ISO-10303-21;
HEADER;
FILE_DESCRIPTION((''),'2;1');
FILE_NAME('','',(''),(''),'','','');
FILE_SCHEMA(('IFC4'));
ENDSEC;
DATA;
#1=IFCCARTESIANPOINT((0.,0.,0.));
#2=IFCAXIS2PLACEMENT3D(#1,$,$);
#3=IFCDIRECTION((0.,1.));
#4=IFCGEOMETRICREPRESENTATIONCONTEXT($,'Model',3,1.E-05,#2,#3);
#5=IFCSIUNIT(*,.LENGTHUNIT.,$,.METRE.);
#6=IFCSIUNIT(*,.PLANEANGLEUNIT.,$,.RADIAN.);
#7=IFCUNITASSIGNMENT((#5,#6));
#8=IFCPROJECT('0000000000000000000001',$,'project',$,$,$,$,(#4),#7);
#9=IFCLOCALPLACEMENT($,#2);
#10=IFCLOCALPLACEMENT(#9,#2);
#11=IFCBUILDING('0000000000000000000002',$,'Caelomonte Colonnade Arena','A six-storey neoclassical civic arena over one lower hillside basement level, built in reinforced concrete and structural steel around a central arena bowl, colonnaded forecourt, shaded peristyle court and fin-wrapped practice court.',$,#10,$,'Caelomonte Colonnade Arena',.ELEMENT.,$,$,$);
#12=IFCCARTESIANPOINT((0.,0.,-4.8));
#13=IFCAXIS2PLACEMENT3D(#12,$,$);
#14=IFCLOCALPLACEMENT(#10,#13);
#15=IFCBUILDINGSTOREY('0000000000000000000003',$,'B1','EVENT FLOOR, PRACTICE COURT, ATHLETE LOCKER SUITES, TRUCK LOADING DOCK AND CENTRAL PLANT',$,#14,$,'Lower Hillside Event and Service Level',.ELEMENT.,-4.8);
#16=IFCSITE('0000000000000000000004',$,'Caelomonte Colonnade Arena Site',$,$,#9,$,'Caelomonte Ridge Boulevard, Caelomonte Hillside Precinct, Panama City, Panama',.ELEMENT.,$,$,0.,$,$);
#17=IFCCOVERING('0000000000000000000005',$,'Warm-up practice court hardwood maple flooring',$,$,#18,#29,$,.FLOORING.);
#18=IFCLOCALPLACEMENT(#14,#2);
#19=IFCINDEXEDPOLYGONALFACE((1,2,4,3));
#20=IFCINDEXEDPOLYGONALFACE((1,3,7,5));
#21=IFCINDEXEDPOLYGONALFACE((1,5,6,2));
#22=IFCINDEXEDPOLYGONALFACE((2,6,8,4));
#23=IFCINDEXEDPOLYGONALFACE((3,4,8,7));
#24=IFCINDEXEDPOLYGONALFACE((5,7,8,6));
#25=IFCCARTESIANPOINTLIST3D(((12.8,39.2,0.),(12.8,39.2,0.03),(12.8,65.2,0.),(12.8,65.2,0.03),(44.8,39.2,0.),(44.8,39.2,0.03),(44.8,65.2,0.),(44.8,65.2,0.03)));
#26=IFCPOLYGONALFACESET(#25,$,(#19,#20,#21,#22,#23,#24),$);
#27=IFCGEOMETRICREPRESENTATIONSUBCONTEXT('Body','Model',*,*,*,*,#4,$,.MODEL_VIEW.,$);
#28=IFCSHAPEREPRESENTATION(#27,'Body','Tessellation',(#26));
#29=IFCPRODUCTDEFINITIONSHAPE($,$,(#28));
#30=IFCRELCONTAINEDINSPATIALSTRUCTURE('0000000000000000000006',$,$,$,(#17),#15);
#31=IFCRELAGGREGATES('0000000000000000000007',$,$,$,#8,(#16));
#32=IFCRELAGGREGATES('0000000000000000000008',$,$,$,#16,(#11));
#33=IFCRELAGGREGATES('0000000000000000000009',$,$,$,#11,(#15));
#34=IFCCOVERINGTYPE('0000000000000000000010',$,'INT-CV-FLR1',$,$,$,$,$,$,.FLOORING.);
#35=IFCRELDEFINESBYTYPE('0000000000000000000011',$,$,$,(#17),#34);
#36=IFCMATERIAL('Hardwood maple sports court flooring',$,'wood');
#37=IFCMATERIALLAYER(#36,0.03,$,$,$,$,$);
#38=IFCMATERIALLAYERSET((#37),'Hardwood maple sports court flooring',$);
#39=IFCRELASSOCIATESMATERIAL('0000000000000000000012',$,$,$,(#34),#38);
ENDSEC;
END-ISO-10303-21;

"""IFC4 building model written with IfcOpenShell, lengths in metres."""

from ifc_helpers import new_model, si_unit, direction, frame, origin, place, context, subcontext, project, spatial, polyline, outline, extrude, material, layer, layer_set, type_object, element, save


model = new_model("IFC4")

# Units and contexts
model_context = context("Model", 3, precision=1e-05, world=origin(), true_north=direction((0.0, 1.0)))
body_context = subcontext(model_context, "Body", "Model", "MODEL_VIEW")
ifc_project = project(units=[si_unit("LENGTHUNIT", "METRE"), si_unit("PLANEANGLEUNIT", "RADIAN")], contexts=[model_context])

# Site, building, storey
site_placement = place(None, origin())
site = spatial("IfcSite", under=ifc_project, at=site_placement, Name="Caelomonte Colonnade Arena Site", LongName="Caelomonte Ridge Boulevard, Caelomonte Hillside Precinct, Panama City, Panama", CompositionType="ELEMENT", RefElevation=0.0)
building_placement = place(site_placement, origin())
building = spatial("IfcBuilding", under=site, at=building_placement, Name="Caelomonte Colonnade Arena", Description="A six-storey neoclassical civic arena over one lower hillside basement level, built in reinforced concrete and structural steel around a central arena bowl, colonnaded forecourt, shaded peristyle court and fin-wrapped practice court.", LongName="Caelomonte Colonnade Arena", CompositionType="ELEMENT")
storey_placement = place(building_placement, frame((0.0, 0.0, -4.8)))
storey = spatial("IfcBuildingStorey", under=building, at=storey_placement, Name="B1", Description="EVENT FLOOR, PRACTICE COURT, ATHLETE LOCKER SUITES, TRUCK LOADING DOCK AND CENTRAL PLANT", LongName="Lower Hillside Event and Service Level", CompositionType="ELEMENT", Elevation=-4.8)

# Covering
ifc_material_1 = material(Name="Hardwood maple sports court flooring", Category="wood")
ifc_layer_1 = layer(ifc_material_1, 0.03)
ifc_layer_set_1 = layer_set([ifc_layer_1], Name="Hardwood maple sports court flooring")
covering_type_1 = type_object("IfcCoveringType", Name="INT-CV-FLR1", PredefinedType="FLOORING", material=ifc_layer_set_1)
covering_1_placement = place(storey_placement, origin())
element("IfcCovering", 1, at=covering_1_placement, inside=storey, type_object=covering_type_1, Name="Warm-up practice court hardwood maple flooring", PredefinedType="FLOORING", context=body_context, shape_type="SweptSolid", body=[
    extrude(outline(polyline([(12.8, 39.2), (44.8, 39.2), (44.8, 65.2), (12.8, 65.2), (12.8, 39.2)])), origin(), (0.0, 0.0, 1.0), 0.03),
])

save(model, "model.ifc")
